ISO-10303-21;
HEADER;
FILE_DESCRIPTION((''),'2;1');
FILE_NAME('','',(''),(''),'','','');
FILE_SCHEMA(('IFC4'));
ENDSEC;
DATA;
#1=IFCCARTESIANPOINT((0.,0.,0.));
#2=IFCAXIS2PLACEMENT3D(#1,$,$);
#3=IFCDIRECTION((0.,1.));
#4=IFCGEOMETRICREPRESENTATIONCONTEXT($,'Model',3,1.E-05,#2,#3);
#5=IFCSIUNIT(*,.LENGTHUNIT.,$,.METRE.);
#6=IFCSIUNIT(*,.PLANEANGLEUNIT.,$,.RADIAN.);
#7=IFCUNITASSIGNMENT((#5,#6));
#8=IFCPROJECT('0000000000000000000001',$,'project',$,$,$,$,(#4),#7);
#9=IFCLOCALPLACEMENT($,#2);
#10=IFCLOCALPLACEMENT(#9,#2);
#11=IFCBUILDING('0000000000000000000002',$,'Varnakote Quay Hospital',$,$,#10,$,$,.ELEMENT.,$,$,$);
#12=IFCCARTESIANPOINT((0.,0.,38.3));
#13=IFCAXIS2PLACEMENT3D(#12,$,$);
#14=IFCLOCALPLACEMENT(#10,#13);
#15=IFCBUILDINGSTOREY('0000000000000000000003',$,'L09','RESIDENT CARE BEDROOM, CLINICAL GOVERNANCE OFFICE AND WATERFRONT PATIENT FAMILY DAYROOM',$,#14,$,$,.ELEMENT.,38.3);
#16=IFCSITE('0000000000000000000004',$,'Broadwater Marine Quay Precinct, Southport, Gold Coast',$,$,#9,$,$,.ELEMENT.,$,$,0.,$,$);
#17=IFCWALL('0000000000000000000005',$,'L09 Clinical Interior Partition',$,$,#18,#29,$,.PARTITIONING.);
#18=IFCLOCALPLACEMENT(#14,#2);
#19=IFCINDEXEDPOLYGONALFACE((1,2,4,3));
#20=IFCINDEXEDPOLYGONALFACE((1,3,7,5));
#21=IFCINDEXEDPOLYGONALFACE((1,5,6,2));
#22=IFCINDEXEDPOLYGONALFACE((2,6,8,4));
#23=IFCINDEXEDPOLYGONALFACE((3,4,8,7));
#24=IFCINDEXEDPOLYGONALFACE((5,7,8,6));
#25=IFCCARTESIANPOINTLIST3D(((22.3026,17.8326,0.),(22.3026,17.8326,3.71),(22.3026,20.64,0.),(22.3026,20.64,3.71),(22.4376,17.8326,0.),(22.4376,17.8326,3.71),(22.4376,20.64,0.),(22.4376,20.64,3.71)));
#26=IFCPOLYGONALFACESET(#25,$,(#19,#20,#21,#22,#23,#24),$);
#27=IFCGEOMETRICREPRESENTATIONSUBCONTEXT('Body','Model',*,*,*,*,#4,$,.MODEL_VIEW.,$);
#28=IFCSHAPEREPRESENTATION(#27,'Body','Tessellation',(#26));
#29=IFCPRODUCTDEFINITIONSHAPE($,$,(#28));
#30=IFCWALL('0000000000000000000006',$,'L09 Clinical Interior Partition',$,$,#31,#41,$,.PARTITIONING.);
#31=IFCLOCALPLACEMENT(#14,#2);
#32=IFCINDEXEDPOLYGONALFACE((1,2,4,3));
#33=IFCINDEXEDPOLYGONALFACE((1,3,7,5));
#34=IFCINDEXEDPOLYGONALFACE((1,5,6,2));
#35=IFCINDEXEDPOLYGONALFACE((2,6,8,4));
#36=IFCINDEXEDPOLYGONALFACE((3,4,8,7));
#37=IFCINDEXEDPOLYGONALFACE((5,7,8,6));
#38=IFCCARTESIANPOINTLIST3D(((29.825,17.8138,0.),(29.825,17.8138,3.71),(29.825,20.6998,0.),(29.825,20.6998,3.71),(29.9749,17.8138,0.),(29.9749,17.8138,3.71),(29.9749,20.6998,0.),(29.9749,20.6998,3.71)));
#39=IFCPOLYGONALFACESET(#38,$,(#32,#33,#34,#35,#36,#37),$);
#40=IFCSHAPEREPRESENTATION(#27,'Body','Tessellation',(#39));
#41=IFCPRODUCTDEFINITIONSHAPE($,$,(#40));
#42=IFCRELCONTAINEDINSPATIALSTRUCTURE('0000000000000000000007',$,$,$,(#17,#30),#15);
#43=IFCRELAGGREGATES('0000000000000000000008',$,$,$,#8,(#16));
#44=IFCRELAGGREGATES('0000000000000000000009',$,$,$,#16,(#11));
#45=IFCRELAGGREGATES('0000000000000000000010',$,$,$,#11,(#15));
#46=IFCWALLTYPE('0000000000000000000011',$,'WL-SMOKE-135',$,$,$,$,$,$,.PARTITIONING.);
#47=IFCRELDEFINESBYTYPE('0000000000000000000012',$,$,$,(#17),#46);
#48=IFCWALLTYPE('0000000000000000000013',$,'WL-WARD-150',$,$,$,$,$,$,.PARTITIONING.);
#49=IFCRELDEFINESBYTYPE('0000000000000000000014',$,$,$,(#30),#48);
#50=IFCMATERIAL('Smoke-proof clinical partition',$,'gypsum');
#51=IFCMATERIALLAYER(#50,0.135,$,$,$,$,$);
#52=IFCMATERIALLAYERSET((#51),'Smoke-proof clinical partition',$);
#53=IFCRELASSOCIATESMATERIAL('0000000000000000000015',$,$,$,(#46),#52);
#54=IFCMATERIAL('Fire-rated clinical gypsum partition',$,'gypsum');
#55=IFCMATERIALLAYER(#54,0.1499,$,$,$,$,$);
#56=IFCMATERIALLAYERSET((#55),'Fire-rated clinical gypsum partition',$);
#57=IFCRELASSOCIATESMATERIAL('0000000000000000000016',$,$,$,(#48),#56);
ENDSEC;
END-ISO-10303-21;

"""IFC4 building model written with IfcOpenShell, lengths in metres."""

from ifc_helpers import new_model, si_unit, direction, frame, frame_2d, origin, place, context, subcontext, project, spatial, rectangle, extrude, material, layer, layer_set, type_object, element, save


model = new_model("IFC4")

# Units and contexts
model_context = context("Model", 3, precision=1e-05, world=origin(), true_north=direction((0.0, 1.0)))
body_context = subcontext(model_context, "Body", "Model", "MODEL_VIEW")
ifc_project = project(units=[si_unit("LENGTHUNIT", "METRE"), si_unit("PLANEANGLEUNIT", "RADIAN")], contexts=[model_context])

# Site, building, storey
site_placement = place(None, origin())
site = spatial("IfcSite", under=ifc_project, at=site_placement, Name="Broadwater Marine Quay Precinct, Southport, Gold Coast", CompositionType="ELEMENT", RefElevation=0.0)
building_placement = place(site_placement, origin())
building = spatial("IfcBuilding", under=site, at=building_placement, Name="Varnakote Quay Hospital", CompositionType="ELEMENT")
storey_placement = place(building_placement, frame((0.0, 0.0, 38.3)))
storey = spatial("IfcBuildingStorey", under=building, at=storey_placement, Name="L09", Description="RESIDENT CARE BEDROOM, CLINICAL GOVERNANCE OFFICE AND WATERFRONT PATIENT FAMILY DAYROOM", CompositionType="ELEMENT", Elevation=38.3)

# Wall
ifc_material_1 = material(Name="Smoke-proof clinical partition", Category="gypsum")
ifc_layer_1 = layer(ifc_material_1, 0.135)
ifc_layer_set_1 = layer_set([ifc_layer_1], Name="Smoke-proof clinical partition")
wall_type_1 = type_object("IfcWallType", Name="WL-SMOKE-135", PredefinedType="PARTITIONING", material=ifc_layer_set_1)
for number, where, z_axis, x_axis, name in (
    (1, (22.3701, 17.8325, 0.0), (0.0, 0.0, 1.0), (0.0, 1.0, 0.0), "L09 Clinical Interior Partition"),
):
    element("IfcWall", number, at=place(storey_placement, frame(where, z_axis=z_axis, x_axis=x_axis)), inside=storey, type_object=wall_type_1, Name=name, PredefinedType="PARTITIONING", context=body_context, shape_type="SweptSolid", body=[
        extrude(rectangle(XDim=2.8074, YDim=0.135, at=frame_2d((1.4038, 0.0))), origin(), (0.0, 0.0, 1.0), 3.71),
    ])

# Shared definitions
ifc_material_2 = material(Name="Fire-rated clinical gypsum partition", Category="gypsum")
ifc_layer_2 = layer(ifc_material_2, 0.1499)
ifc_layer_set_2 = layer_set([ifc_layer_2], Name="Fire-rated clinical gypsum partition")
wall_type_2 = type_object("IfcWallType", Name="WL-WARD-150", PredefinedType="PARTITIONING", material=ifc_layer_set_2)

# Wall
wall_1_placement = place(storey_placement, frame((29.8999, 17.814, 0.0), z_axis=(0.0, 0.0, 1.0), x_axis=(0.0, 1.0, 0.0)))
element("IfcWall", 2, at=wall_1_placement, inside=storey, type_object=wall_type_2, Name="L09 Clinical Interior Partition", PredefinedType="PARTITIONING", context=body_context, shape_type="SweptSolid", body=[
    extrude(rectangle(XDim=2.886, YDim=0.1499, at=frame_2d((1.4429, 0.0))), origin(), (0.0, 0.0, 1.0), 3.71),
])

save(model, "model.ifc")
